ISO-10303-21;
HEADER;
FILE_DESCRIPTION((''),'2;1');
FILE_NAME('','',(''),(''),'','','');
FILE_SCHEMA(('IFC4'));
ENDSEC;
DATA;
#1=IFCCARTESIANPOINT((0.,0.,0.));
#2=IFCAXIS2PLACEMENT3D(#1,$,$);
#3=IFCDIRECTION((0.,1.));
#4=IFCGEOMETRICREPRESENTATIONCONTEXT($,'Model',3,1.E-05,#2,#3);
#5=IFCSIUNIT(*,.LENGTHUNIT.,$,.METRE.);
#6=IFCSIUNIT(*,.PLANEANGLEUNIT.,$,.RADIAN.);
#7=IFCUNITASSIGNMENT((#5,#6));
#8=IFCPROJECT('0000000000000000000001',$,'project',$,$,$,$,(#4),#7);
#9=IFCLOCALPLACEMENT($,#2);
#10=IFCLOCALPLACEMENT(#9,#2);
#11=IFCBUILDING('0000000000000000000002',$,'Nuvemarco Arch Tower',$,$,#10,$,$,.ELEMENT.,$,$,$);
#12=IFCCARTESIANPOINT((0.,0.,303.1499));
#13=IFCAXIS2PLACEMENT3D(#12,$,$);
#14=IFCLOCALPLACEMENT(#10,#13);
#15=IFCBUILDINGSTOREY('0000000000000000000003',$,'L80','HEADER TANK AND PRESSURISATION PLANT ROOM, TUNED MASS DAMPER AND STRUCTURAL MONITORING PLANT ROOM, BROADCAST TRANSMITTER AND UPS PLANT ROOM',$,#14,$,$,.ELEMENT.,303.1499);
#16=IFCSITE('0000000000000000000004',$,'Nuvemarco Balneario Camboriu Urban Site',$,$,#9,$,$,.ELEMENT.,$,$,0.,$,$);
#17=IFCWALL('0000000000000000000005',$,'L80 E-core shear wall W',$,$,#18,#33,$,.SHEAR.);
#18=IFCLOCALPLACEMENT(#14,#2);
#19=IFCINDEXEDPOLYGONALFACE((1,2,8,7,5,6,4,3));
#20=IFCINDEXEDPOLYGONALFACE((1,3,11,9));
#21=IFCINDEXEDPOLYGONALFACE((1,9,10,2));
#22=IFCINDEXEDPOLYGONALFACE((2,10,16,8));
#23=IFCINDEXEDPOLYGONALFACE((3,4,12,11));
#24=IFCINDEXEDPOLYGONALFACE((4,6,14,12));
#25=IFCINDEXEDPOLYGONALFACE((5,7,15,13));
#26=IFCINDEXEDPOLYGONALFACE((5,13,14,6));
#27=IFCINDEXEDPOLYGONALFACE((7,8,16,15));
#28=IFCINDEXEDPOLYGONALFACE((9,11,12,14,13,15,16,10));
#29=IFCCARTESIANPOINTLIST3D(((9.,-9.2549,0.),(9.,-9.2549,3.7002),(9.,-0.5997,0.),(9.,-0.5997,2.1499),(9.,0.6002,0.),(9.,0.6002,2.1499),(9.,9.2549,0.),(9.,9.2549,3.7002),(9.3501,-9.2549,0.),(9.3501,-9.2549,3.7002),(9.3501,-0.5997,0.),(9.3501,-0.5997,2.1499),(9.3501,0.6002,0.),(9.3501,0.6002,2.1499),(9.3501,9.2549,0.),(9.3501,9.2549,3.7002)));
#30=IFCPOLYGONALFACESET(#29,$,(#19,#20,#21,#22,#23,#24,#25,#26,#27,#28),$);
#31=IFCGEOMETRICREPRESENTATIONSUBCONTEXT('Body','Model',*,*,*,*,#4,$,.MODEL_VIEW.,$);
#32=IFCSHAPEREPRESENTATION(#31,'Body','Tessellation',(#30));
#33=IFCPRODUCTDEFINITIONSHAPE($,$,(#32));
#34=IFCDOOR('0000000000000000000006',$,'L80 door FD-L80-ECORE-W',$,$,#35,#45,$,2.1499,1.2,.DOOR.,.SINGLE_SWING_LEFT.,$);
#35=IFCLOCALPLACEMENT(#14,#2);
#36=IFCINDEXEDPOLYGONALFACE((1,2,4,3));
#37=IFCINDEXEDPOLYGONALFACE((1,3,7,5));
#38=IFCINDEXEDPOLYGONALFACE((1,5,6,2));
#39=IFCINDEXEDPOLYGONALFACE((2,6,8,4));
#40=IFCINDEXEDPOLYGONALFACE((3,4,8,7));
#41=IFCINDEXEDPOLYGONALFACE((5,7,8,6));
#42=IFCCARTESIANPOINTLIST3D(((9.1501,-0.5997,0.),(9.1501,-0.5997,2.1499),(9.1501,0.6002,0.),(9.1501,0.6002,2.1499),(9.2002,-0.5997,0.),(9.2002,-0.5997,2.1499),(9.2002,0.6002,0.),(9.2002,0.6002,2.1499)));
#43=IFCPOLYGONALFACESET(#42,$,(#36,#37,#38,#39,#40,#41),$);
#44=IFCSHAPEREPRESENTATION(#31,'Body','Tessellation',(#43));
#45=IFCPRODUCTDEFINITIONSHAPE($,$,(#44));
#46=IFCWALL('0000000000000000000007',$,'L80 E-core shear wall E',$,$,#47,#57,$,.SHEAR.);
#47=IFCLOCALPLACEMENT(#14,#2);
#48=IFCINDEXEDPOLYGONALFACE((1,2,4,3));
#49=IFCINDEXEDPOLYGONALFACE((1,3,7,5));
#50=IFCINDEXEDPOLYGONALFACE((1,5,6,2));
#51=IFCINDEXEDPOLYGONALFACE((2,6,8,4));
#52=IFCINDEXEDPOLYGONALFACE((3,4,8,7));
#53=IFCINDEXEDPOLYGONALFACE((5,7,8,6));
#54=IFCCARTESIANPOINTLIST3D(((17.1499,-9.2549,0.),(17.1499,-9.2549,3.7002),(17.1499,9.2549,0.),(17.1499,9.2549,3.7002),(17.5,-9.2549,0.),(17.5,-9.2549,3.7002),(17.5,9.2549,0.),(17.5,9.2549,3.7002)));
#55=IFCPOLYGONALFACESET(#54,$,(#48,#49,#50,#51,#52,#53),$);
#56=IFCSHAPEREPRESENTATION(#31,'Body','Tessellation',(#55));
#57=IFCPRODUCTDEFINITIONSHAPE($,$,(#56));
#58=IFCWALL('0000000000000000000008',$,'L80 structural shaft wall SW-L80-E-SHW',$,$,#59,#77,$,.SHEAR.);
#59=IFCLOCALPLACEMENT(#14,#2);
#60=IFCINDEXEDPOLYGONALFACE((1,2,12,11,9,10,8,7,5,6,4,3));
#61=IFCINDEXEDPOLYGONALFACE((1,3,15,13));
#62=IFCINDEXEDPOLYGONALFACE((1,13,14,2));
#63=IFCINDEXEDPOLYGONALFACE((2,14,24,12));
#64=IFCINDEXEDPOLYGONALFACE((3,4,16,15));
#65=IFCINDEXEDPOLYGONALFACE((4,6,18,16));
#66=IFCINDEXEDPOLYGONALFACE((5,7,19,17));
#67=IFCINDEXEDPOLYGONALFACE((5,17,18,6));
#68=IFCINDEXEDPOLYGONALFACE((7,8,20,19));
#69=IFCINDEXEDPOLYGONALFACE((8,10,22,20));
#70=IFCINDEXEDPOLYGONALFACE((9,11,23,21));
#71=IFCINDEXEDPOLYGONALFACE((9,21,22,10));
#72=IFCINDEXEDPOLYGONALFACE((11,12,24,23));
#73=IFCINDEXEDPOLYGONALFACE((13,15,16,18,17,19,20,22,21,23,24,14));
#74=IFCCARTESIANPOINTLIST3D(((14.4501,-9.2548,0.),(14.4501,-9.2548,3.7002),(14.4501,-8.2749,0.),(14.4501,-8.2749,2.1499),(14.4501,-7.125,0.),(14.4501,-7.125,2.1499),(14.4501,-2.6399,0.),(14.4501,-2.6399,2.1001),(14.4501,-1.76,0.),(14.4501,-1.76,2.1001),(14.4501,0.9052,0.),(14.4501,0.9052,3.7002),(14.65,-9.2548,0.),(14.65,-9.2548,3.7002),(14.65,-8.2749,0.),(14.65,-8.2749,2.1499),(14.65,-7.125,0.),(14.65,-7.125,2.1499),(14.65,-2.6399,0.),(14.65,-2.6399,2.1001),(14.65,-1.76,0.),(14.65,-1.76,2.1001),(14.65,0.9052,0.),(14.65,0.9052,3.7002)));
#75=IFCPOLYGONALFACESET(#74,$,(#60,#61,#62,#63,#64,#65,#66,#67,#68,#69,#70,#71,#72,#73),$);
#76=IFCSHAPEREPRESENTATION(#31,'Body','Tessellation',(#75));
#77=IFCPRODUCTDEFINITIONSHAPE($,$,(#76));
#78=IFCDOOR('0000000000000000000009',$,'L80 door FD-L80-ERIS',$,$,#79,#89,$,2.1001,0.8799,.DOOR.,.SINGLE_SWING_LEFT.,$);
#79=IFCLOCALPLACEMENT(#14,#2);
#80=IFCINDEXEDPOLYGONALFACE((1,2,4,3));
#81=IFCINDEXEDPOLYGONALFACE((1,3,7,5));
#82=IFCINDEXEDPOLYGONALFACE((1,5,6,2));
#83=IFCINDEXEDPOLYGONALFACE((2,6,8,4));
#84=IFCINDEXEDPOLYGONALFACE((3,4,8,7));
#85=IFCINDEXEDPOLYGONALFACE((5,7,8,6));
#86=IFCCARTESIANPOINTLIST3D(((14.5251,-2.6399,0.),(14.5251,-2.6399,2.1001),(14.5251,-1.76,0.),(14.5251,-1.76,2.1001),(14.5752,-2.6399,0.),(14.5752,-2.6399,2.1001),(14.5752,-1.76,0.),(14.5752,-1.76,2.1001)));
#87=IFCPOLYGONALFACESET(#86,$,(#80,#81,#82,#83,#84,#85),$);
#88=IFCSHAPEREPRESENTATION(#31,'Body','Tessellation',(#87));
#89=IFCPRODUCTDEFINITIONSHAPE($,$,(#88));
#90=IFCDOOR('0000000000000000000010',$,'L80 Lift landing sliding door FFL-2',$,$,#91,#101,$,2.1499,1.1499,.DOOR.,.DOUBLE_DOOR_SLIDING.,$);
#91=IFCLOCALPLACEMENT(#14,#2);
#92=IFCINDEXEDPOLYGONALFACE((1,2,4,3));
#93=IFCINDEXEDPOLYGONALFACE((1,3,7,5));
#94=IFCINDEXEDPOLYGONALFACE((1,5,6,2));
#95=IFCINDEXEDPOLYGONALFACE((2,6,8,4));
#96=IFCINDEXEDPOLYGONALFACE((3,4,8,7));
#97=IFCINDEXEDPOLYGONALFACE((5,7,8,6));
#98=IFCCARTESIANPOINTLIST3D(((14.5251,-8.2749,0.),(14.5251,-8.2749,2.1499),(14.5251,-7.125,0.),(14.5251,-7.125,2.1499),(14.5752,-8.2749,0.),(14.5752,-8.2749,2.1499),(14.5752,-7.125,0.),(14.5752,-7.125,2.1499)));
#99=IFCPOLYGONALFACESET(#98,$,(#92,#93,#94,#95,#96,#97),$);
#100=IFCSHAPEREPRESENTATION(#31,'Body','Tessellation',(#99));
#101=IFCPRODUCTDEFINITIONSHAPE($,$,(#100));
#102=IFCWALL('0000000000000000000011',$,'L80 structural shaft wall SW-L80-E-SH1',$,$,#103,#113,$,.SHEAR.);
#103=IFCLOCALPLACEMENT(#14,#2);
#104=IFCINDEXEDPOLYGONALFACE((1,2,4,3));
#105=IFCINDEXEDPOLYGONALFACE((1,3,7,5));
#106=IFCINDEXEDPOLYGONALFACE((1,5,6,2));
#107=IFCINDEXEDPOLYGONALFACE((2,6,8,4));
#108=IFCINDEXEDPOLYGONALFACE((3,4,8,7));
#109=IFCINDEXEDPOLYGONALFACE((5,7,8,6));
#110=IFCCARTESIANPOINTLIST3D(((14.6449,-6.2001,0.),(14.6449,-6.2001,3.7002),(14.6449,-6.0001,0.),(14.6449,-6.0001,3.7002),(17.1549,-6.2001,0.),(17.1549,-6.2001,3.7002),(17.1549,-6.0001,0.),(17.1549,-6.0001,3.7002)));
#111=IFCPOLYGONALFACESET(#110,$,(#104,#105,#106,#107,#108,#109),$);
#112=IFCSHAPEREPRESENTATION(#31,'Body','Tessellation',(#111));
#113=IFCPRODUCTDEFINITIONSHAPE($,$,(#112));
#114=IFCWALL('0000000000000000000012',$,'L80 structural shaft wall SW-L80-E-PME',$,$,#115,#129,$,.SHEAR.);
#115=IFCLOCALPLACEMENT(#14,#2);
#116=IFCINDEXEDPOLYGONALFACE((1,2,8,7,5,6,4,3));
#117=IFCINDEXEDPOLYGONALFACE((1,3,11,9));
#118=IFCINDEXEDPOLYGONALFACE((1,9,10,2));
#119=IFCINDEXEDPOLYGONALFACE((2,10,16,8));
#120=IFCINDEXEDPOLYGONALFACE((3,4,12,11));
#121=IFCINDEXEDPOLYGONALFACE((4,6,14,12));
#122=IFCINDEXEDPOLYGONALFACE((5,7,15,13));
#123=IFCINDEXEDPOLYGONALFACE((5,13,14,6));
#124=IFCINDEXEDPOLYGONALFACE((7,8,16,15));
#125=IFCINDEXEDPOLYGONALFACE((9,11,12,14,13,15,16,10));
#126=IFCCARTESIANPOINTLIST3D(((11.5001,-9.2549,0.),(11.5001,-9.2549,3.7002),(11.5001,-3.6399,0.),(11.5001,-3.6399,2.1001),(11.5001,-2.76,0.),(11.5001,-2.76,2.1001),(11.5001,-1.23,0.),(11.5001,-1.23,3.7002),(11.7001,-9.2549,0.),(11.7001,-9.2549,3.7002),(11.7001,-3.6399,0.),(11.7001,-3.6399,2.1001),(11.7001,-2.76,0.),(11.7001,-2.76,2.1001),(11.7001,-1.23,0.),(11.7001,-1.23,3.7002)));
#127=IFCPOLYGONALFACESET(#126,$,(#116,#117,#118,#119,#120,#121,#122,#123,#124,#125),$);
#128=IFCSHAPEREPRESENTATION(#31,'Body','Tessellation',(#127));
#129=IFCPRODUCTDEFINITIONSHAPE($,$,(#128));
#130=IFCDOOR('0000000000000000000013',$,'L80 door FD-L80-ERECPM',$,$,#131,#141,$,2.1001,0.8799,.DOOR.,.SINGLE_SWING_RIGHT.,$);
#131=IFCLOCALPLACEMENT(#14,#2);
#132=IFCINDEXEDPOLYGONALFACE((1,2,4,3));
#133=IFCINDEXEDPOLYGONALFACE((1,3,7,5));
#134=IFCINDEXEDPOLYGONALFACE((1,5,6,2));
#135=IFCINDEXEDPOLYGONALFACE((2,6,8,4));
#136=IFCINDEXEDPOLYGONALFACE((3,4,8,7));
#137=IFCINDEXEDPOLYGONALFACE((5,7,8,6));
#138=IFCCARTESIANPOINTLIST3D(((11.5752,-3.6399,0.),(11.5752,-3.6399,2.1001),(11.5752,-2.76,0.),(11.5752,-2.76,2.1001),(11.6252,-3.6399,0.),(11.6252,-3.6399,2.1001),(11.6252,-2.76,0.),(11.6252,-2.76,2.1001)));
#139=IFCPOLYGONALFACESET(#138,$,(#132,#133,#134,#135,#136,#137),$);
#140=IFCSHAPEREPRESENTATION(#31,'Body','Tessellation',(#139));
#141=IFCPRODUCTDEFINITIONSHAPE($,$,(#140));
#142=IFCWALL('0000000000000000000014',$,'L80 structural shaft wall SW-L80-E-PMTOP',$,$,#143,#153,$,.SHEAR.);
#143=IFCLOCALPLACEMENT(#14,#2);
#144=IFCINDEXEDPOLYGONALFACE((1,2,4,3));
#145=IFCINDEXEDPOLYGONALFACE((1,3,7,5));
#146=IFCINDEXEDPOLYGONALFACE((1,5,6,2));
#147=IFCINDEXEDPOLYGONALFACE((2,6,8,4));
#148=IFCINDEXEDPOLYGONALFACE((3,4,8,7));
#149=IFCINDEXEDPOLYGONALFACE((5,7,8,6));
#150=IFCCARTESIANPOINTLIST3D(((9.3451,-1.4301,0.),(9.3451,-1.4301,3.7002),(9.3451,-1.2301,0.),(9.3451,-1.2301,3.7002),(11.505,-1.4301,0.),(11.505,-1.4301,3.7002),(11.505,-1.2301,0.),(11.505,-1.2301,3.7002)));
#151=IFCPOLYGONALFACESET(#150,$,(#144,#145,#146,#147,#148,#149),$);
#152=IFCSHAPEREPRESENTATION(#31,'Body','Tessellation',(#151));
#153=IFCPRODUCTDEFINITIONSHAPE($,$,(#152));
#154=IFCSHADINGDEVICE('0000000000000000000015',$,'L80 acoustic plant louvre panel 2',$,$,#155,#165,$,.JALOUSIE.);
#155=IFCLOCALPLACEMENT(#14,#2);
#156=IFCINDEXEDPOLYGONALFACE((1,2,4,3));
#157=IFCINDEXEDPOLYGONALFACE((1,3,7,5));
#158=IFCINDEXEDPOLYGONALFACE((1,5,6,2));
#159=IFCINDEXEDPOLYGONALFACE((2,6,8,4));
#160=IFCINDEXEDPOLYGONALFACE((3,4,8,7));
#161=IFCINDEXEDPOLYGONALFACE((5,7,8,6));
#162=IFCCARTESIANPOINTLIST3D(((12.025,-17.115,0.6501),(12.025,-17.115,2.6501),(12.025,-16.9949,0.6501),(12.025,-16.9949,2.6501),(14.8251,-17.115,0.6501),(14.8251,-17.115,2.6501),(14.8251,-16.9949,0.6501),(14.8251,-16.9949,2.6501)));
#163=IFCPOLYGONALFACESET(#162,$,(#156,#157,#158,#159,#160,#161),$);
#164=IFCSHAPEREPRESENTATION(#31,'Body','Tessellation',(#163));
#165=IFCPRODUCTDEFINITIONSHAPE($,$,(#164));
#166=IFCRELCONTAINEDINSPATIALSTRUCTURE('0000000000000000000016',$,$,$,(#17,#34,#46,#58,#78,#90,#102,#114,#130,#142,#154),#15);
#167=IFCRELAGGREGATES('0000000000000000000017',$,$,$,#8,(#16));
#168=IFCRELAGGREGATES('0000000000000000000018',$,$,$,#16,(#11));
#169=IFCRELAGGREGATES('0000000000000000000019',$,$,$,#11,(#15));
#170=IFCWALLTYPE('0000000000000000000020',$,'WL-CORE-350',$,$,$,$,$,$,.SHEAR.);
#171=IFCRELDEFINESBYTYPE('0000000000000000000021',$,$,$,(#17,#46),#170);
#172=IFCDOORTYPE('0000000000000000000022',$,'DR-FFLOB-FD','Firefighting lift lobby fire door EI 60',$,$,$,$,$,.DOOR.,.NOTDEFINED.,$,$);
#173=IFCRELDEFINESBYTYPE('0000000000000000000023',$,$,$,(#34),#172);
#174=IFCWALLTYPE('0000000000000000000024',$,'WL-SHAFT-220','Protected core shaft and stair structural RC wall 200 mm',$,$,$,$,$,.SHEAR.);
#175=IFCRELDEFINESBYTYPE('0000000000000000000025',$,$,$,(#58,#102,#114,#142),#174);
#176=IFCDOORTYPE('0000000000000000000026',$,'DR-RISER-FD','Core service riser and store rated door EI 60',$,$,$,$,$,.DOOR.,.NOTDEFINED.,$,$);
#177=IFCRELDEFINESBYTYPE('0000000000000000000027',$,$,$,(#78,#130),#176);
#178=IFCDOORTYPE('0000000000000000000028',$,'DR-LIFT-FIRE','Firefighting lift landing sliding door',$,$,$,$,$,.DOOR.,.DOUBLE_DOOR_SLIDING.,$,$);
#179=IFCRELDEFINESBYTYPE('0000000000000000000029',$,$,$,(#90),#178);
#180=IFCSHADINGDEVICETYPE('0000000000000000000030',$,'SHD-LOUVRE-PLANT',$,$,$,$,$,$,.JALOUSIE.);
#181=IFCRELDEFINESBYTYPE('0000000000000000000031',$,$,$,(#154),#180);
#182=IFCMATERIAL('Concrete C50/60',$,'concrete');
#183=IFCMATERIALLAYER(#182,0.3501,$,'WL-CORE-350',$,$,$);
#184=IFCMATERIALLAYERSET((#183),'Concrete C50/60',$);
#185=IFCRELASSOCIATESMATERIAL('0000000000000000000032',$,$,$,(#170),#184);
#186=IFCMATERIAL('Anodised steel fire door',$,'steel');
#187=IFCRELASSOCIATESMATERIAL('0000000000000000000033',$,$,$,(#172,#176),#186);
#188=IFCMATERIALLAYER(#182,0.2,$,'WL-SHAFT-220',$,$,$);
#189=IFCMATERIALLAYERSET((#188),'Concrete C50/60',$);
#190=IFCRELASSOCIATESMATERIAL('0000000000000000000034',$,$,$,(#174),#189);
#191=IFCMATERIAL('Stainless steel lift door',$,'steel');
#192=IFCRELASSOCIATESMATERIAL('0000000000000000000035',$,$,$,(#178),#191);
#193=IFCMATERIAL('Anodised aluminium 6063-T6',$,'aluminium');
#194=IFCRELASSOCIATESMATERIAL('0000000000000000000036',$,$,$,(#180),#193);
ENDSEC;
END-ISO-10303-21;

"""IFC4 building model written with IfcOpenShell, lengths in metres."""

from ifc_helpers import new_model, si_unit, direction, frame, frame_2d, origin, origin_2d, place, context, subcontext, project, spatial, rectangle, extrude, source, transform, mapped, material, layer, layer_set, type_object, type_shapes, element, fill, save


model = new_model("IFC4")

# Units and contexts
model_context = context("Model", 3, precision=1e-05, world=origin(), true_north=direction((0.0, 1.0)))
body_context = subcontext(model_context, "Body", "Model", "MODEL_VIEW")
ifc_project = project(units=[si_unit("LENGTHUNIT", "METRE"), si_unit("PLANEANGLEUNIT", "RADIAN")], contexts=[model_context])

# Site, building, storey
site_placement = place(None, origin())
site = spatial("IfcSite", under=ifc_project, at=site_placement, Name="Nuvemarco Balneario Camboriu Urban Site", CompositionType="ELEMENT", RefElevation=0.0)
building_placement = place(site_placement, origin())
building = spatial("IfcBuilding", under=site, at=building_placement, Name="Nuvemarco Arch Tower", CompositionType="ELEMENT")
storey_placement = place(building_placement, frame((0.0, 0.0, 303.1499)))
storey = spatial("IfcBuildingStorey", under=building, at=storey_placement, Name="L80", Description="HEADER TANK AND PRESSURISATION PLANT ROOM, TUNED MASS DAMPER AND STRUCTURAL MONITORING PLANT ROOM, BROADCAST TRANSMITTER AND UPS PLANT ROOM", CompositionType="ELEMENT", Elevation=303.1499)

# Shared definitions
ifc_material_1 = material(Name="Concrete C50/60", Category="concrete")

# Wall, opening, door
ifc_layer_1 = layer(ifc_material_1, 0.3501, Name="WL-CORE-350")
ifc_layer_set_1 = layer_set([ifc_layer_1], Name="Concrete C50/60")
wall_type_1 = type_object("IfcWallType", Name="WL-CORE-350", PredefinedType="SHEAR", material=ifc_layer_set_1)
wall_1_placement = place(storey_placement, frame((9.175, -9.2549, 0.0), z_axis=(0.0, 0.0, 1.0), x_axis=(0.0, 1.0, 0.0)))
wall_1 = element("IfcWall", 1, at=wall_1_placement, inside=storey, type_object=wall_type_1, Name="L80 E-core shear wall W", PredefinedType="SHEAR", context=body_context, shape_type="SweptSolid", body=[
    extrude(rectangle(XDim=18.5098, YDim=0.3501, at=frame_2d((9.2549, 0.0))), origin(), (0.0, 0.0, 1.0), 3.7002),
])
opening_1_placement = place(wall_1_placement, frame((8.655, 0.0, 0.0)))
opening_1 = element("IfcOpeningElement", 2, at=opening_1_placement, cuts=wall_1, PredefinedType="OPENING", context=body_context, shape_type="SweptSolid", body=[
    extrude(rectangle(XDim=1.2, YDim=2.1499, at=frame_2d((0.6001, 1.075))), frame((0.0, 0.1851, 0.0), z_axis=(0.0, -1.0, 0.0), x_axis=(1.0, 0.0, 0.0)), (0.0, 0.0, 1.0), 0.3701),
])
ifc_material_2 = material(Name="Anodised steel fire door", Category="steel")
door_type_1 = type_object("IfcDoorType", Name="DR-FFLOB-FD", Description="Firefighting lift lobby fire door EI 60", OperationType="NOTDEFINED", PredefinedType="DOOR", material=ifc_material_2)
shared_shape_1 = source(origin(), body_context, "Body", "SweptSolid", [
    extrude(rectangle(XDim=1.2, YDim=2.1499, at=frame_2d((0.6001, 1.075))), frame((0.0, 0.0249, 0.0), z_axis=(0.0, -1.0, 0.0), x_axis=(1.0, 0.0, 0.0)), (0.0, 0.0, 1.0), 0.05),
])
type_shapes(door_type_1, [shared_shape_1])
door_1_placement = place(opening_1_placement, origin())
door_1 = element("IfcDoor", 3, at=door_1_placement, inside=storey, type_object=door_type_1, Name="L80 door FD-L80-ECORE-W", OperationType="SINGLE_SWING_LEFT", OverallHeight=2.1499, OverallWidth=1.2, PredefinedType="DOOR", context=body_context, shape_type="MappedRepresentation", body=[
    mapped(shared_shape_1, transform((0.0, 0.0, 0.0), scale=1.0)),
])
fill(opening_1, door_1)

# Wall
wall_2_placement = place(storey_placement, frame((17.325, -9.2549, 0.0), z_axis=(0.0, 0.0, 1.0), x_axis=(0.0, 1.0, 0.0)))
element("IfcWall", 4, at=wall_2_placement, inside=storey, type_object=wall_type_1, Name="L80 E-core shear wall E", PredefinedType="SHEAR", context=body_context, shape_type="SweptSolid", body=[
    extrude(rectangle(XDim=18.5098, YDim=0.3501, at=frame_2d((9.2549, 0.0))), origin(), (0.0, 0.0, 1.0), 3.7002),
])

# Wall, openings, doors
ifc_layer_2 = layer(ifc_material_1, 0.2, Name="WL-SHAFT-220")
ifc_layer_set_2 = layer_set([ifc_layer_2], Name="Concrete C50/60")
wall_type_2 = type_object("IfcWallType", Name="WL-SHAFT-220", Description="Protected core shaft and stair structural RC wall 200 mm", PredefinedType="SHEAR", material=ifc_layer_set_2)
wall_3_placement = place(storey_placement, frame((14.55, -9.2549, 0.0), z_axis=(0.0, 0.0, 1.0), x_axis=(0.0, 1.0, 0.0)))
wall_3 = element("IfcWall", 5, at=wall_3_placement, inside=storey, type_object=wall_type_2, Name="L80 structural shaft wall SW-L80-E-SHW", PredefinedType="SHEAR", context=body_context, shape_type="SweptSolid", body=[
    extrude(rectangle(XDim=10.1599, YDim=0.2, at=frame_2d((5.0801, 0.0))), origin(), (0.0, 0.0, 1.0), 3.7002),
])
opening_2_placement = place(wall_3_placement, frame((6.615, 0.0, 0.0)))
opening_2 = element("IfcOpeningElement", 6, at=opening_2_placement, cuts=wall_3, PredefinedType="OPENING", context=body_context, shape_type="SweptSolid", body=[
    extrude(rectangle(XDim=0.8799, YDim=2.1001, at=frame_2d((0.4399, 1.05))), frame((0.0, 0.1099, 0.0), z_axis=(0.0, -1.0, 0.0), x_axis=(1.0, 0.0, 0.0)), (0.0, 0.0, 1.0), 0.22),
])
opening_3_placement = place(wall_3_placement, frame((0.98, 0.0, 0.0)))
opening_3 = element("IfcOpeningElement", 7, at=opening_3_placement, cuts=wall_3, PredefinedType="OPENING", context=body_context, shape_type="SweptSolid", body=[
    extrude(rectangle(XDim=1.1499, YDim=2.1499, at=frame_2d((0.575, 1.075))), frame((0.0, 0.1099, 0.0), z_axis=(0.0, -1.0, 0.0), x_axis=(1.0, 0.0, 0.0)), (0.0, 0.0, 1.0), 0.22),
])
door_type_2 = type_object("IfcDoorType", Name="DR-RISER-FD", Description="Core service riser and store rated door EI 60", OperationType="NOTDEFINED", PredefinedType="DOOR", material=ifc_material_2)
shared_shape_2 = source(origin(), body_context, "Body", "SweptSolid", [
    extrude(rectangle(XDim=0.8799, YDim=2.1001, at=frame_2d((0.4399, 1.05))), frame((0.0, 0.0249, 0.0), z_axis=(0.0, -1.0, 0.0), x_axis=(1.0, 0.0, 0.0)), (0.0, 0.0, 1.0), 0.05),
])
type_shapes(door_type_2, [shared_shape_2])
door_2_placement = place(opening_2_placement, origin())
door_2 = element("IfcDoor", 8, at=door_2_placement, inside=storey, type_object=door_type_2, Name="L80 door FD-L80-ERIS", OperationType="SINGLE_SWING_LEFT", OverallHeight=2.1001, OverallWidth=0.8799, PredefinedType="DOOR", context=body_context, shape_type="MappedRepresentation", body=[
    mapped(shared_shape_2, transform((0.0, 0.0, 0.0), scale=1.0)),
])
fill(opening_2, door_2)
ifc_material_3 = material(Name="Stainless steel lift door", Category="steel")
door_type_3 = type_object("IfcDoorType", Name="DR-LIFT-FIRE", Description="Firefighting lift landing sliding door", OperationType="DOUBLE_DOOR_SLIDING", PredefinedType="DOOR", material=ifc_material_3)
shared_shape_3 = source(origin(), body_context, "Body", "SweptSolid", [
    extrude(rectangle(XDim=1.1499, YDim=2.1499, at=frame_2d((0.575, 1.075))), frame((0.0, 0.0249, 0.0), z_axis=(0.0, -1.0, 0.0), x_axis=(1.0, 0.0, 0.0)), (0.0, 0.0, 1.0), 0.05),
])
type_shapes(door_type_3, [shared_shape_3])
door_3_placement = place(opening_3_placement, origin())
door_3 = element("IfcDoor", 9, at=door_3_placement, inside=storey, type_object=door_type_3, Name="L80 Lift landing sliding door FFL-2", OperationType="DOUBLE_DOOR_SLIDING", OverallHeight=2.1499, OverallWidth=1.1499, PredefinedType="DOOR", context=body_context, shape_type="MappedRepresentation", body=[
    mapped(shared_shape_3, transform((0.0, 0.0, 0.0), scale=1.0)),
])
fill(opening_3, door_3)

# Wall
wall_4_placement = place(storey_placement, frame((14.645, -6.1001, 0.0), z_axis=(0.0, 0.0, 1.0), x_axis=(1.0, 0.0, 0.0)))
element("IfcWall", 10, at=wall_4_placement, inside=storey, type_object=wall_type_2, Name="L80 structural shaft wall SW-L80-E-SH1", PredefinedType="SHEAR", context=body_context, shape_type="SweptSolid", body=[
    extrude(rectangle(XDim=2.51, YDim=0.2, at=frame_2d((1.2549, 0.0))), origin(), (0.0, 0.0, 1.0), 3.7002),
])

# Wall, opening, door
wall_5_placement = place(storey_placement, frame((11.6001, -9.2549, 0.0), z_axis=(0.0, 0.0, 1.0), x_axis=(0.0, 1.0, 0.0)))
wall_5 = element("IfcWall", 11, at=wall_5_placement, inside=storey, type_object=wall_type_2, Name="L80 structural shaft wall SW-L80-E-PME", PredefinedType="SHEAR", context=body_context, shape_type="SweptSolid", body=[
    extrude(rectangle(XDim=8.0249, YDim=0.2, at=frame_2d((4.0125, 0.0))), origin(), (0.0, 0.0, 1.0), 3.7002),
])
opening_4_placement = place(wall_5_placement, frame((5.615, 0.0, 0.0)))
opening_4 = element("IfcOpeningElement", 12, at=opening_4_placement, cuts=wall_5, PredefinedType="OPENING", context=body_context, shape_type="SweptSolid", body=[
    extrude(rectangle(XDim=0.8799, YDim=2.1001, at=frame_2d((0.4399, 1.05))), frame((0.0, 0.1099, 0.0), z_axis=(0.0, -1.0, 0.0), x_axis=(1.0, 0.0, 0.0)), (0.0, 0.0, 1.0), 0.22),
])
door_4_placement = place(opening_4_placement, origin())
door_4 = element("IfcDoor", 13, at=door_4_placement, inside=storey, type_object=door_type_2, Name="L80 door FD-L80-ERECPM", OperationType="SINGLE_SWING_RIGHT", OverallHeight=2.1001, OverallWidth=0.8799, PredefinedType="DOOR", context=body_context, shape_type="MappedRepresentation", body=[
    mapped(shared_shape_2, transform((0.0, 0.0, 0.0), scale=1.0)),
])
fill(opening_4, door_4)

# Wall
wall_6_placement = place(storey_placement, frame((9.345, -1.3301, 0.0), z_axis=(0.0, 0.0, 1.0), x_axis=(1.0, 0.0, 0.0)))
element("IfcWall", 14, at=wall_6_placement, inside=storey, type_object=wall_type_2, Name="L80 structural shaft wall SW-L80-E-PMTOP", PredefinedType="SHEAR", context=body_context, shape_type="SweptSolid", body=[
    extrude(rectangle(XDim=2.1599, YDim=0.2, at=frame_2d((1.0801, 0.0))), origin(), (0.0, 0.0, 1.0), 3.7002),
])

# Shading device
ifc_material_4 = material(Name="Anodised aluminium 6063-T6", Category="aluminium")
shading_device_type = type_object("IfcShadingDeviceType", Name="SHD-LOUVRE-PLANT", PredefinedType="JALOUSIE", material=ifc_material_4)
shared_shape_4 = source(origin(), body_context, "Body", "SweptSolid", [
    extrude(rectangle(XDim=2.8, YDim=0.1201, at=origin_2d()), origin(), (0.0, 0.0, 1.0), 2.0),
])
type_shapes(shading_device_type, [shared_shape_4])
shading_device_placement = place(storey_placement, frame((13.425, -17.0549, 0.6501), z_axis=(0.0, 0.0, 1.0), x_axis=(1.0, 0.0, 0.0)))
element("IfcShadingDevice", 15, at=shading_device_placement, inside=storey, type_object=shading_device_type, Name="L80 acoustic plant louvre panel 2", PredefinedType="JALOUSIE", context=body_context, shape_type="MappedRepresentation", body=[
    mapped(shared_shape_4, transform((0.0, 0.0, 0.0), scale=1.0)),
])

save(model, "model.ifc")
